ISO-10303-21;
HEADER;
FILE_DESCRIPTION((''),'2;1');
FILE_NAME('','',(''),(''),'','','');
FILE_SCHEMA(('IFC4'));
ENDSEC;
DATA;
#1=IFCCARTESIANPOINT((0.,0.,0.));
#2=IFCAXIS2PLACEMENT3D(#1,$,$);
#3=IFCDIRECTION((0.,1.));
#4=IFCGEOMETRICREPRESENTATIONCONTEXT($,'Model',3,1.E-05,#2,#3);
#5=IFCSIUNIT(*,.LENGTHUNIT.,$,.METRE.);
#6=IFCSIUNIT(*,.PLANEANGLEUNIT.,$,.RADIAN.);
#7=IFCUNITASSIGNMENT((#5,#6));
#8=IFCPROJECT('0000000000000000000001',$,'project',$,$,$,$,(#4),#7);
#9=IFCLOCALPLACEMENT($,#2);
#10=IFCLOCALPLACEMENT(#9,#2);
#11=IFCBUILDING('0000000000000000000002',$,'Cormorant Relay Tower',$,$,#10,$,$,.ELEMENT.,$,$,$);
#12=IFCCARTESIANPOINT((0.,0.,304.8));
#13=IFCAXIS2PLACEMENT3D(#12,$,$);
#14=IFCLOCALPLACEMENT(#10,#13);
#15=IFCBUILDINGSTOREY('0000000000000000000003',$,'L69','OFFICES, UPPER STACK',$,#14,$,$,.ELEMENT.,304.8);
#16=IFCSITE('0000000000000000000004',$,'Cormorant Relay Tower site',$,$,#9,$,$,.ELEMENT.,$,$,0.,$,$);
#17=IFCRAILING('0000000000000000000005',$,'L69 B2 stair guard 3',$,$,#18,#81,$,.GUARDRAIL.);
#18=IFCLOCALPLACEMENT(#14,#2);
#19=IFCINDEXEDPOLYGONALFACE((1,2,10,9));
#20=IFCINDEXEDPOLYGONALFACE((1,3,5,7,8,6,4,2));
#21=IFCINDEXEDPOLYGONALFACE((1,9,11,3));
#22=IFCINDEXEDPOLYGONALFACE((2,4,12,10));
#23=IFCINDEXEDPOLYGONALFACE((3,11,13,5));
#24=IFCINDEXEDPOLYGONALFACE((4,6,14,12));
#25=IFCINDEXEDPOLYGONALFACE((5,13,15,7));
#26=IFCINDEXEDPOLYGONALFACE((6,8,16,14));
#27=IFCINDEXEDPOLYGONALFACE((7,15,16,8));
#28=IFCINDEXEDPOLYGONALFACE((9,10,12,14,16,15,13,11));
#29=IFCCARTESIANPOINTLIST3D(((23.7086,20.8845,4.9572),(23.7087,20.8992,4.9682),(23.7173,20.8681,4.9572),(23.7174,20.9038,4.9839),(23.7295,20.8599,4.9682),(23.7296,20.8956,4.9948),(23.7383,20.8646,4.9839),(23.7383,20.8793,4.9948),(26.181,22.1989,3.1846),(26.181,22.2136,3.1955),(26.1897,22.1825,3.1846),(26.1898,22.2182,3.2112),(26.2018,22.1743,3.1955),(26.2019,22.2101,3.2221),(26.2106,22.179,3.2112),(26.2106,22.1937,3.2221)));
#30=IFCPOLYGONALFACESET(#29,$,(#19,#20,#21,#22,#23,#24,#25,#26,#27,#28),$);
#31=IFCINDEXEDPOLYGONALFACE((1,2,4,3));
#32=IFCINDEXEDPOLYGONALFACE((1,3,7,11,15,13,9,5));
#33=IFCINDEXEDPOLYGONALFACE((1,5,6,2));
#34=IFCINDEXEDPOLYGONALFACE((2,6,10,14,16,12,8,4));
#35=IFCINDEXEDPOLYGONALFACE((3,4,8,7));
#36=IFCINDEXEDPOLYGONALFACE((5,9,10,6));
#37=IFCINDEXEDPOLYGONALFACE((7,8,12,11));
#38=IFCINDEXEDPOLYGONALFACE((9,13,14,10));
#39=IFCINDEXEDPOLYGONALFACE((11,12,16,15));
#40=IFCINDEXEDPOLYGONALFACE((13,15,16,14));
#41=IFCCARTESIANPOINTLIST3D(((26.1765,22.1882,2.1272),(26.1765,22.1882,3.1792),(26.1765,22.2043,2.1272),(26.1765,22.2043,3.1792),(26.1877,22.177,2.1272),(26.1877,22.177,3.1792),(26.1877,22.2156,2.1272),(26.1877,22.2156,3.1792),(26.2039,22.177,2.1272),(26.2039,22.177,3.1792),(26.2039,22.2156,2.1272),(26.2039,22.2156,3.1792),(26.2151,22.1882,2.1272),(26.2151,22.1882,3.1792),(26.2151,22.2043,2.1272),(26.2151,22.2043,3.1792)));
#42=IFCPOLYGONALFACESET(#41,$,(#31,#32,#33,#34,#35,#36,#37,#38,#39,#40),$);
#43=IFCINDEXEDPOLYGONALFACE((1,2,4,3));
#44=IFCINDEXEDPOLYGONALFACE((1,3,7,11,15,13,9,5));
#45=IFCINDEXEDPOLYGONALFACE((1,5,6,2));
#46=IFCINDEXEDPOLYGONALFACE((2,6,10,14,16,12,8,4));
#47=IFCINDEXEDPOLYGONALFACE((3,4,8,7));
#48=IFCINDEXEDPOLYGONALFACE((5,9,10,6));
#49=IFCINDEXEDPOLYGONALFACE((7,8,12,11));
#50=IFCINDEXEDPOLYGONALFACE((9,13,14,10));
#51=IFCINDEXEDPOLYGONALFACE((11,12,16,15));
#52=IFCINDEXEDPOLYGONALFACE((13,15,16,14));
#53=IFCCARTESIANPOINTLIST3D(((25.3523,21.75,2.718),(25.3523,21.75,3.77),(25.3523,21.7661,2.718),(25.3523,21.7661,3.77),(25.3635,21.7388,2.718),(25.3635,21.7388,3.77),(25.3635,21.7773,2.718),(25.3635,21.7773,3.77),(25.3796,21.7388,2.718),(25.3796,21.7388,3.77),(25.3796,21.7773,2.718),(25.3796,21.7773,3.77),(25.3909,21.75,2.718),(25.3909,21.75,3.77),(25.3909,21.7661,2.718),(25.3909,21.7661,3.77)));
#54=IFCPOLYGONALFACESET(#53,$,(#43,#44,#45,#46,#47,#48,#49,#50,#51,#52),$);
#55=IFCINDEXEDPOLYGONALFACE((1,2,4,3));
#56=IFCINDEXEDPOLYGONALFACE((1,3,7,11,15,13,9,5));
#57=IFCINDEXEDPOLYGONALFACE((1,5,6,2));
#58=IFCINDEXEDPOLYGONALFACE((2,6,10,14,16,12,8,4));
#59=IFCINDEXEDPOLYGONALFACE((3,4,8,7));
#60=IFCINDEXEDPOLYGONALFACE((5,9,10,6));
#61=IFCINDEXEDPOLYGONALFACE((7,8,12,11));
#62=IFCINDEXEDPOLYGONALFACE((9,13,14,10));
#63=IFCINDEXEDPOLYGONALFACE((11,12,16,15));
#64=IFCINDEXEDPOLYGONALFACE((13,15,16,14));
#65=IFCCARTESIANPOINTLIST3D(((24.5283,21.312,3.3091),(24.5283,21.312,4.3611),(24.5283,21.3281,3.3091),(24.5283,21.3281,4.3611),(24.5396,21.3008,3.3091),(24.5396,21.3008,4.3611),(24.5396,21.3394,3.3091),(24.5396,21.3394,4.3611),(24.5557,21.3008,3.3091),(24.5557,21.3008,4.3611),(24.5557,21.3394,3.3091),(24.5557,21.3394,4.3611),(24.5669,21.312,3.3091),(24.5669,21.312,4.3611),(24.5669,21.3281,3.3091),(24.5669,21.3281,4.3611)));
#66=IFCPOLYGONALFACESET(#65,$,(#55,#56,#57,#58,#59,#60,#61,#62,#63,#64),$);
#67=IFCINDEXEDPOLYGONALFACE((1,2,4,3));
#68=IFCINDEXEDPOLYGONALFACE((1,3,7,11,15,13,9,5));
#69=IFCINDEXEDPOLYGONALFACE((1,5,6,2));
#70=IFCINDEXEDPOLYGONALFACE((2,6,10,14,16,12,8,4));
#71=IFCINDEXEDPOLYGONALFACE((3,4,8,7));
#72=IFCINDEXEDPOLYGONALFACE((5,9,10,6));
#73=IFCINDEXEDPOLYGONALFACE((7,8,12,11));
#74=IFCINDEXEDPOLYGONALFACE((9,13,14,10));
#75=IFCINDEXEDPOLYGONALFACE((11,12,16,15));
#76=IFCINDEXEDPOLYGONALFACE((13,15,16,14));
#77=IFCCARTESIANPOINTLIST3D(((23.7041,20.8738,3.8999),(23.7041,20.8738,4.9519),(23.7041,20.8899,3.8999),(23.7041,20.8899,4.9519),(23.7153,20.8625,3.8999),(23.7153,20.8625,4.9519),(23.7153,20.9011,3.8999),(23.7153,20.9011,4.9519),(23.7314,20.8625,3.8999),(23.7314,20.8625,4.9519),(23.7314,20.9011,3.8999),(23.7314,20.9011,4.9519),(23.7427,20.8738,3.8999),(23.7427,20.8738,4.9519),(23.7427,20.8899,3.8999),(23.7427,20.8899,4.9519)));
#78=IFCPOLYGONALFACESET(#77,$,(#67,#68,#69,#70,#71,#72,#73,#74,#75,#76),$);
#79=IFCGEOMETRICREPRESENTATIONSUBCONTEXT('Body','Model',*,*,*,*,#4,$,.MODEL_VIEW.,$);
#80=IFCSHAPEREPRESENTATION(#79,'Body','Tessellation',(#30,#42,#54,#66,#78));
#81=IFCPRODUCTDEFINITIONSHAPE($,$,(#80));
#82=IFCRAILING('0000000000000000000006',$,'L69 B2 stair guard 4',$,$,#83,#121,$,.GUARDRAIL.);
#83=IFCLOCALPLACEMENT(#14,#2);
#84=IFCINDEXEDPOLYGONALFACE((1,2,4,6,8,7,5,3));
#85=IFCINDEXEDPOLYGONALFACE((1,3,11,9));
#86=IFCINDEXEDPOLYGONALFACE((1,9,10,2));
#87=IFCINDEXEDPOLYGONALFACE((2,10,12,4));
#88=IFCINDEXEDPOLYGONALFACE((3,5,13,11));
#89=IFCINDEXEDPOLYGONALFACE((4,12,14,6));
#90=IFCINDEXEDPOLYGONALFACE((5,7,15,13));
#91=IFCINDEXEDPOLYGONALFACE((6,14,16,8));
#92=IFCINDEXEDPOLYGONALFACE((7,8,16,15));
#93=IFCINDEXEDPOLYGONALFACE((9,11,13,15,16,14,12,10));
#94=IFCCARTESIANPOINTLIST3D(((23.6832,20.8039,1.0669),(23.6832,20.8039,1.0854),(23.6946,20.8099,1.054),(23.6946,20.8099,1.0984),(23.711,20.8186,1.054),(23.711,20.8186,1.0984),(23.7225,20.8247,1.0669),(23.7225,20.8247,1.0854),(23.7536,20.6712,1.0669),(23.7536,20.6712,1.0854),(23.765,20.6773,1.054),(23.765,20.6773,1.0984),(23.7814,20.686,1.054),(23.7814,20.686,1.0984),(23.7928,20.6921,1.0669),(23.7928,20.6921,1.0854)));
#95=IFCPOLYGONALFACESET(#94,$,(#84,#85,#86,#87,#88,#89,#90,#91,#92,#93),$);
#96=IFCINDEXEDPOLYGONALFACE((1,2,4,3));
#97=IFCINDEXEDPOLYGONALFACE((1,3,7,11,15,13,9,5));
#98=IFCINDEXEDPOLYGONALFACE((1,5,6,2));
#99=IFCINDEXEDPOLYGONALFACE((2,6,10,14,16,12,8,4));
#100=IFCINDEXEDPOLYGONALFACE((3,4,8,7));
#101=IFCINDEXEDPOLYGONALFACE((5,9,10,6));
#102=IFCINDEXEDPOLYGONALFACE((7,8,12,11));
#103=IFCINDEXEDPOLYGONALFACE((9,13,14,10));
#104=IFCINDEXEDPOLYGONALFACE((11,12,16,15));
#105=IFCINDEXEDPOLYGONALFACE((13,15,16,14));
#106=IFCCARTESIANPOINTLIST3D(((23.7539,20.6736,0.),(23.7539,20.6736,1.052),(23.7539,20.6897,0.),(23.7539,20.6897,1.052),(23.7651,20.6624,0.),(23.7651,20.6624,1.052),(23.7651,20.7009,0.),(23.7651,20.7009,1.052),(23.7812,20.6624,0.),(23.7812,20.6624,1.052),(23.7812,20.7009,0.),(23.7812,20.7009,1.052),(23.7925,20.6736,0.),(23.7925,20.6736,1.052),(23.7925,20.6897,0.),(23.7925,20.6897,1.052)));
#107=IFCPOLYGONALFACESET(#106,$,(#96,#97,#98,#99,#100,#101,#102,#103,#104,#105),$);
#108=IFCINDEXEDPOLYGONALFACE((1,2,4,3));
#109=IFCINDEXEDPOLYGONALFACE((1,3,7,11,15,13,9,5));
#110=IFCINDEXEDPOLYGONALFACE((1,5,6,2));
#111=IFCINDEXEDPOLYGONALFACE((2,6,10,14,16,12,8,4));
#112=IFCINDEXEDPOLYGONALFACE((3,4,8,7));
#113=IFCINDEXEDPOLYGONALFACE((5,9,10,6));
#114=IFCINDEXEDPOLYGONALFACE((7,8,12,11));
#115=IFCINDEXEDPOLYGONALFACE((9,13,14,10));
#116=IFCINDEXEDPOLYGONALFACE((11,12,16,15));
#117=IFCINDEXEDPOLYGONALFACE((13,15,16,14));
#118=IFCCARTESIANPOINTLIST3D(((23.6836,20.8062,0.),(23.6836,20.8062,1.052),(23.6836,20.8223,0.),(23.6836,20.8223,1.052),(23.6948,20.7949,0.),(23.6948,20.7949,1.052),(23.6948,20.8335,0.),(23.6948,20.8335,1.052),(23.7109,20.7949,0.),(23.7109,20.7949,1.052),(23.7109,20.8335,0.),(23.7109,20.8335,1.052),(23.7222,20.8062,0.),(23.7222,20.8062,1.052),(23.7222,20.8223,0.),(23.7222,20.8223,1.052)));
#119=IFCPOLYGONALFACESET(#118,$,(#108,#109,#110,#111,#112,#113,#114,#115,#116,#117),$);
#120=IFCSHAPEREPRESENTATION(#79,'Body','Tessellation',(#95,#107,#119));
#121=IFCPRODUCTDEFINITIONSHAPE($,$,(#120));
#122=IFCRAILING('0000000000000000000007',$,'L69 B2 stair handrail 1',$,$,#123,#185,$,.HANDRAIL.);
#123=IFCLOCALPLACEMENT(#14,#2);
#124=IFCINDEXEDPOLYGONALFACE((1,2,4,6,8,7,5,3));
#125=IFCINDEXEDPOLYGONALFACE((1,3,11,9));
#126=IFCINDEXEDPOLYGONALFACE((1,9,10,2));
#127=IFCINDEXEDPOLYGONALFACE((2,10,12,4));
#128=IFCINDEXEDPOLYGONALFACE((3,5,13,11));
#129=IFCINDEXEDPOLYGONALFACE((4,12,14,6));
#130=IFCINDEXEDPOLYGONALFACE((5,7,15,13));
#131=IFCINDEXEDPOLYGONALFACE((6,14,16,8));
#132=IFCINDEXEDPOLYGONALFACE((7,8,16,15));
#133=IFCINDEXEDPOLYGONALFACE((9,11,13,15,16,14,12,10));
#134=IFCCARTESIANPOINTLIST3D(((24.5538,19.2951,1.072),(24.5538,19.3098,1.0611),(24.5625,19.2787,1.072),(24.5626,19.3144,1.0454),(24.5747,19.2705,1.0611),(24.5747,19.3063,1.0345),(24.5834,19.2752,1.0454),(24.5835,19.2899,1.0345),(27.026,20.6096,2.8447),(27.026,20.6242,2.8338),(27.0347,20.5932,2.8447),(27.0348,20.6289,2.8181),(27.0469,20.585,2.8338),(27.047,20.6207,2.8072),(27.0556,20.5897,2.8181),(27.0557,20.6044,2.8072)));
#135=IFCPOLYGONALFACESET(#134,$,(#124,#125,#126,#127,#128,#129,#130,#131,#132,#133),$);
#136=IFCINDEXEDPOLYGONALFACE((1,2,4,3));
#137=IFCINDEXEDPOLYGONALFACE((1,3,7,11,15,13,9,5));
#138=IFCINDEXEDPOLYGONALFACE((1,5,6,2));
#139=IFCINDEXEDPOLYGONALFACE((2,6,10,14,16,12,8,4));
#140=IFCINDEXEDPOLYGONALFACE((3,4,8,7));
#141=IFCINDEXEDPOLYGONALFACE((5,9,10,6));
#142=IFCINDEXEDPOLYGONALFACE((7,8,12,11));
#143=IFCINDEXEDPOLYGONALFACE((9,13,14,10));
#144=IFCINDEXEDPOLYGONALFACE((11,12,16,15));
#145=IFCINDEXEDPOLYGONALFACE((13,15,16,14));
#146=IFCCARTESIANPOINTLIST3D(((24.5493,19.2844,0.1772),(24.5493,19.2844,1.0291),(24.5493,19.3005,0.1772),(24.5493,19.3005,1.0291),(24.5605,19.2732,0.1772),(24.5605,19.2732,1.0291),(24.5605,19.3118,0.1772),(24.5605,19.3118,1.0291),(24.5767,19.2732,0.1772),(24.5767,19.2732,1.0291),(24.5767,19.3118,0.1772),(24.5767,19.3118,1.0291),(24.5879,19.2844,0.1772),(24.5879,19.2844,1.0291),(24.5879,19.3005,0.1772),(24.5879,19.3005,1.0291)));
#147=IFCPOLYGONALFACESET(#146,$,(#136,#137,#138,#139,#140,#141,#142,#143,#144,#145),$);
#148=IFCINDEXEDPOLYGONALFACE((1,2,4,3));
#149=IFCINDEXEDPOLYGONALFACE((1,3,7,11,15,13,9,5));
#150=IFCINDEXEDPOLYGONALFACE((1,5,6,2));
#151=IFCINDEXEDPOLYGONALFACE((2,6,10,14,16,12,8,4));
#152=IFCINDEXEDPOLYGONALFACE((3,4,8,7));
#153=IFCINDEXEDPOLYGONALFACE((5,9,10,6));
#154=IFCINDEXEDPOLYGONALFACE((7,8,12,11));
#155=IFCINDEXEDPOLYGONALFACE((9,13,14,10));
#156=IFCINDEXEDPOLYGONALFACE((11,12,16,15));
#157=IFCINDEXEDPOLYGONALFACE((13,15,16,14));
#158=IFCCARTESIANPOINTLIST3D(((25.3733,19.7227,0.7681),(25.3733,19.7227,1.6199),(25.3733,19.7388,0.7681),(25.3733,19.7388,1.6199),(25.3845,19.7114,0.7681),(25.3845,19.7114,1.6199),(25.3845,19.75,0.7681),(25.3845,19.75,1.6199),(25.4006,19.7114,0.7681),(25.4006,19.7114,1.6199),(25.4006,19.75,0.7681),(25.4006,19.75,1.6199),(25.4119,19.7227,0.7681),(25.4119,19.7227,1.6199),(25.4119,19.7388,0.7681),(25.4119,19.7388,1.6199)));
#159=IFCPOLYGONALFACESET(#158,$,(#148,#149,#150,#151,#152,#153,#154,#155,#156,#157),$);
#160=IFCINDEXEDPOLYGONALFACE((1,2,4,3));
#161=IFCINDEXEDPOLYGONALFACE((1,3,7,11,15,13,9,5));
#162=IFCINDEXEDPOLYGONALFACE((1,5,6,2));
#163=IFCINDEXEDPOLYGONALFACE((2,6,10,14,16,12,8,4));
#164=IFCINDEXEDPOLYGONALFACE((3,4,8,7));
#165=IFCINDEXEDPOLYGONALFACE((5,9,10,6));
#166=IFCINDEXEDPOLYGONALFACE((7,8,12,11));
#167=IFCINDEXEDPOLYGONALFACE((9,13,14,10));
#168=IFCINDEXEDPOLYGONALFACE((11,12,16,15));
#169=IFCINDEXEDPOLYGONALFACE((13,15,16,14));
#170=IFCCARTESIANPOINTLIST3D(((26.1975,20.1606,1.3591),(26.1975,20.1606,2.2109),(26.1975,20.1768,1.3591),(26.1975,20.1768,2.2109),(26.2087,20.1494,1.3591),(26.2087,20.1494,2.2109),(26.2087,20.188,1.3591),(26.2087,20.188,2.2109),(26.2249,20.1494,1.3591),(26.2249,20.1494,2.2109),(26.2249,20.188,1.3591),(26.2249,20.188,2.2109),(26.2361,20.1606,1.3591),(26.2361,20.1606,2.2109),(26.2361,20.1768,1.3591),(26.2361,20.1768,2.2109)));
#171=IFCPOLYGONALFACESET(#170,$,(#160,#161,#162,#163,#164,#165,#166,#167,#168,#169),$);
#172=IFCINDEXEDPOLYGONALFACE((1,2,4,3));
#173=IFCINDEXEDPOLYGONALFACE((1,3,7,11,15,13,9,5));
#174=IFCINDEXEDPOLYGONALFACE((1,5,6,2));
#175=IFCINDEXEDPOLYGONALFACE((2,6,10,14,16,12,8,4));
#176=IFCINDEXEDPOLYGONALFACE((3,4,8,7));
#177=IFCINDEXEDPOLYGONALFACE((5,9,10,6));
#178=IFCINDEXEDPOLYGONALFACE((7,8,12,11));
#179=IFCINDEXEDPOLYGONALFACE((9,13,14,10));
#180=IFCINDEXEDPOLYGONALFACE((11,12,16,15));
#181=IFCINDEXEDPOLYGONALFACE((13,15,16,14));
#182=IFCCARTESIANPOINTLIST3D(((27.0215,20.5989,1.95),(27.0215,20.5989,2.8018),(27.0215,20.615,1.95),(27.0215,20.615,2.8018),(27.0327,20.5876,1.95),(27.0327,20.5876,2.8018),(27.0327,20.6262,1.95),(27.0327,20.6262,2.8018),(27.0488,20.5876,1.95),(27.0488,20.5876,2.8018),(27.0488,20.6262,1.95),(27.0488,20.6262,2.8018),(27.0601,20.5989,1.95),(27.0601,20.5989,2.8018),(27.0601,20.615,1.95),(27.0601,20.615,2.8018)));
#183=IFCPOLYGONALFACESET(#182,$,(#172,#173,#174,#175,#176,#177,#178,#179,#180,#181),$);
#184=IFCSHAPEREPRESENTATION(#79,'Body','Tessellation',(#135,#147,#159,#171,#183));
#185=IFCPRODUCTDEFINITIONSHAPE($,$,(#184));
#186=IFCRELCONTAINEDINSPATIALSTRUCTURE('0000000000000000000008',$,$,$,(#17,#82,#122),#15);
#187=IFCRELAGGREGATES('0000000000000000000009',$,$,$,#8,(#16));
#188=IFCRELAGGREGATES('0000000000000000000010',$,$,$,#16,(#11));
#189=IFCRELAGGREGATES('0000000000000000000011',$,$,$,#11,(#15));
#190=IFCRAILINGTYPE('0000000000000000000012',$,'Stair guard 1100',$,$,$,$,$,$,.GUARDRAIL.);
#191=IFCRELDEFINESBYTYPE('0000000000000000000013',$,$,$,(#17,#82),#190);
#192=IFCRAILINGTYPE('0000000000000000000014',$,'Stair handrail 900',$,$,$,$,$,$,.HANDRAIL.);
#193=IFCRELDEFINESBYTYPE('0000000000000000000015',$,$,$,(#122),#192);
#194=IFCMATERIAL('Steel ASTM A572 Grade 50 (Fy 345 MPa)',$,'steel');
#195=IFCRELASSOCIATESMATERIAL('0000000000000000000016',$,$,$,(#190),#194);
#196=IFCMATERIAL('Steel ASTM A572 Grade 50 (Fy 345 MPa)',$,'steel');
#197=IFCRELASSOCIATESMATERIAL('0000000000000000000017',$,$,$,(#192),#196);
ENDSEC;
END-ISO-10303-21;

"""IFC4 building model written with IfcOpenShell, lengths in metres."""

from ifc_helpers import new_model, si_unit, direction, frame, origin, place, context, subcontext, project, spatial, polyline, outline, extrude, material, type_object, element, save


model = new_model("IFC4")

# Units and contexts
model_context = context("Model", 3, precision=1e-05, world=origin(), true_north=direction((0.0, 1.0)))
body_context = subcontext(model_context, "Body", "Model", "MODEL_VIEW")
ifc_project = project(units=[si_unit("LENGTHUNIT", "METRE"), si_unit("PLANEANGLEUNIT", "RADIAN")], contexts=[model_context])

# Site, building, storey
site_placement = place(None, origin())
site = spatial("IfcSite", under=ifc_project, at=site_placement, Name="Cormorant Relay Tower site", CompositionType="ELEMENT", RefElevation=0.0)
building_placement = place(site_placement, origin())
building = spatial("IfcBuilding", under=site, at=building_placement, Name="Cormorant Relay Tower", CompositionType="ELEMENT")
storey_placement = place(building_placement, frame((0.0, 0.0, 304.8)))
storey = spatial("IfcBuildingStorey", under=building, at=storey_placement, Name="L69", Description="OFFICES, UPPER STACK", CompositionType="ELEMENT", Elevation=304.8)

# Railings
ifc_material_1 = material(Name="Steel ASTM A572 Grade 50 (Fy 345 MPa)", Category="steel")
railing_type_1 = type_object("IfcRailingType", Name="Stair guard 1100", PredefinedType="GUARDRAIL", material=ifc_material_1)
railing_1_placement = place(storey_placement, frame((26.1958, 22.1963, 2.1272)))
element("IfcRailing", 1, at=railing_1_placement, inside=storey, type_object=railing_type_1, Name="L69 B2 stair guard 3", PredefinedType="GUARDRAIL", context=body_context, shape_type="SweptSolid", body=[
    extrude(outline(polyline([(0.0222, 0.0093), (0.0093, 0.0222), (-0.0093, 0.0222), (-0.0222, 0.0093), (-0.0222, -0.0093), (-0.0093, -0.0222), (0.0093, -0.0222), (0.0222, -0.0093), (0.0222, 0.0093)])), frame((0.0, 0.0, 1.0762), z_axis=(-0.746034, -0.396627, 0.534902), x_axis=(0.469429, -0.88297, 0.0)), (0.0, 0.0, 1.0), 3.314),
    extrude(outline(polyline([(0.0193, 0.0081), (0.0081, 0.0193), (-0.0081, 0.0193), (-0.0193, 0.0081), (-0.0193, -0.0081), (-0.0081, -0.0193), (0.0081, -0.0193), (0.0193, -0.0081), (0.0193, 0.0081)])), origin(), (0.0, 0.0, 1.0), 1.052),
    extrude(outline(polyline([(0.0193, 0.0081), (0.0081, 0.0193), (-0.0081, 0.0193), (-0.0193, 0.0081), (-0.0193, -0.0081), (-0.0081, -0.0193), (0.0081, -0.0193), (0.0193, -0.0081), (0.0193, 0.0081)])), frame((-0.8242, -0.4382, 0.5908)), (0.0, 0.0, 1.0), 1.052),
    extrude(outline(polyline([(0.0193, 0.0081), (0.0081, 0.0193), (-0.0081, 0.0193), (-0.0193, 0.0081), (-0.0193, -0.0081), (-0.0081, -0.0193), (0.0081, -0.0193), (0.0193, -0.0081), (0.0193, 0.0081)])), frame((-1.6482, -0.8762, 1.1819)), (0.0, 0.0, 1.0), 1.052),
    extrude(outline(polyline([(0.0193, 0.0081), (0.0081, 0.0193), (-0.0081, 0.0193), (-0.0193, 0.0081), (-0.0193, -0.0081), (-0.0081, -0.0193), (0.0081, -0.0193), (0.0193, -0.0081), (0.0193, 0.0081)])), frame((-2.4724, -1.3145, 1.7727)), (0.0, 0.0, 1.0), 1.052),
])
railing_2_placement = place(storey_placement, frame((23.7732, 20.6816, 0.0)))
element("IfcRailing", 2, at=railing_2_placement, inside=storey, type_object=railing_type_1, Name="L69 B2 stair guard 4", PredefinedType="GUARDRAIL", context=body_context, shape_type="SweptSolid", body=[
    extrude(outline(polyline([(0.0222, 0.0093), (0.0093, 0.0222), (-0.0093, 0.0222), (-0.0222, 0.0093), (-0.0222, -0.0093), (-0.0093, -0.0222), (0.0093, -0.0222), (0.0222, -0.0093), (0.0222, 0.0093)])), frame((0.0, 0.0, 1.0762), z_axis=(-0.46856, 0.883431, 0.0), x_axis=(-0.883431, -0.46856, 0.0)), (0.0, 0.0, 1.0), 0.1501),
    extrude(outline(polyline([(0.0193, 0.0081), (0.0081, 0.0193), (-0.0081, 0.0193), (-0.0193, 0.0081), (-0.0193, -0.0081), (-0.0081, -0.0193), (0.0081, -0.0193), (0.0193, -0.0081), (0.0193, 0.0081)])), origin(), (0.0, 0.0, 1.0), 1.052),
    extrude(outline(polyline([(0.0193, 0.0081), (0.0081, 0.0193), (-0.0081, 0.0193), (-0.0193, 0.0081), (-0.0193, -0.0081), (-0.0081, -0.0193), (0.0081, -0.0193), (0.0193, -0.0081), (0.0193, 0.0081)])), frame((-0.0703, 0.1326, 0.0)), (0.0, 0.0, 1.0), 1.052),
])
ifc_material_2 = material(Name="Steel ASTM A572 Grade 50 (Fy 345 MPa)", Category="steel")
railing_type_2 = type_object("IfcRailingType", Name="Stair handrail 900", PredefinedType="HANDRAIL", material=ifc_material_2)
railing_3_placement = place(storey_placement, frame((24.5686, 19.2925, 0.1772)))
element("IfcRailing", 3, at=railing_3_placement, inside=storey, type_object=railing_type_2, Name="L69 B2 stair handrail 1", PredefinedType="HANDRAIL", context=body_context, shape_type="SweptSolid", body=[
    extrude(outline(polyline([(0.0222, 0.0093), (0.0093, 0.0222), (-0.0093, 0.0222), (-0.0222, 0.0093), (-0.0222, -0.0093), (-0.0093, -0.0222), (0.0093, -0.0222), (0.0222, -0.0093), (0.0222, 0.0093)])), frame((0.0, 0.0, 0.876), z_axis=(0.746001, 0.396649, 0.534931), x_axis=(-0.469465, 0.882951, 0.0)), (0.0, 0.0, 1.0), 3.314),
    extrude(outline(polyline([(0.0193, 0.0081), (0.0081, 0.0193), (-0.0081, 0.0193), (-0.0193, 0.0081), (-0.0193, -0.0081), (-0.0081, -0.0193), (0.0081, -0.0193), (0.0193, -0.0081), (0.0193, 0.0081)])), origin(), (0.0, 0.0, 1.0), 0.8518),
    extrude(outline(polyline([(0.0193, 0.0081), (0.0081, 0.0193), (-0.0081, 0.0193), (-0.0193, 0.0081), (-0.0193, -0.0081), (-0.0081, -0.0193), (0.0081, -0.0193), (0.0193, -0.0081), (0.0193, 0.0081)])), frame((0.824, 0.4382, 0.5908)), (0.0, 0.0, 1.0), 0.8518),
    extrude(outline(polyline([(0.0193, 0.0081), (0.0081, 0.0193), (-0.0081, 0.0193), (-0.0193, 0.0081), (-0.0193, -0.0081), (-0.0081, -0.0193), (0.0081, -0.0193), (0.0193, -0.0081), (0.0193, 0.0081)])), frame((1.6482, 0.8762, 1.1819)), (0.0, 0.0, 1.0), 0.8518),
    extrude(outline(polyline([(0.0193, 0.0081), (0.0081, 0.0193), (-0.0081, 0.0193), (-0.0193, 0.0081), (-0.0193, -0.0081), (-0.0081, -0.0193), (0.0081, -0.0193), (0.0193, -0.0081), (0.0193, 0.0081)])), frame((2.4722, 1.3145, 1.7727)), (0.0, 0.0, 1.0), 0.8518),
])

save(model, "model.ifc")
